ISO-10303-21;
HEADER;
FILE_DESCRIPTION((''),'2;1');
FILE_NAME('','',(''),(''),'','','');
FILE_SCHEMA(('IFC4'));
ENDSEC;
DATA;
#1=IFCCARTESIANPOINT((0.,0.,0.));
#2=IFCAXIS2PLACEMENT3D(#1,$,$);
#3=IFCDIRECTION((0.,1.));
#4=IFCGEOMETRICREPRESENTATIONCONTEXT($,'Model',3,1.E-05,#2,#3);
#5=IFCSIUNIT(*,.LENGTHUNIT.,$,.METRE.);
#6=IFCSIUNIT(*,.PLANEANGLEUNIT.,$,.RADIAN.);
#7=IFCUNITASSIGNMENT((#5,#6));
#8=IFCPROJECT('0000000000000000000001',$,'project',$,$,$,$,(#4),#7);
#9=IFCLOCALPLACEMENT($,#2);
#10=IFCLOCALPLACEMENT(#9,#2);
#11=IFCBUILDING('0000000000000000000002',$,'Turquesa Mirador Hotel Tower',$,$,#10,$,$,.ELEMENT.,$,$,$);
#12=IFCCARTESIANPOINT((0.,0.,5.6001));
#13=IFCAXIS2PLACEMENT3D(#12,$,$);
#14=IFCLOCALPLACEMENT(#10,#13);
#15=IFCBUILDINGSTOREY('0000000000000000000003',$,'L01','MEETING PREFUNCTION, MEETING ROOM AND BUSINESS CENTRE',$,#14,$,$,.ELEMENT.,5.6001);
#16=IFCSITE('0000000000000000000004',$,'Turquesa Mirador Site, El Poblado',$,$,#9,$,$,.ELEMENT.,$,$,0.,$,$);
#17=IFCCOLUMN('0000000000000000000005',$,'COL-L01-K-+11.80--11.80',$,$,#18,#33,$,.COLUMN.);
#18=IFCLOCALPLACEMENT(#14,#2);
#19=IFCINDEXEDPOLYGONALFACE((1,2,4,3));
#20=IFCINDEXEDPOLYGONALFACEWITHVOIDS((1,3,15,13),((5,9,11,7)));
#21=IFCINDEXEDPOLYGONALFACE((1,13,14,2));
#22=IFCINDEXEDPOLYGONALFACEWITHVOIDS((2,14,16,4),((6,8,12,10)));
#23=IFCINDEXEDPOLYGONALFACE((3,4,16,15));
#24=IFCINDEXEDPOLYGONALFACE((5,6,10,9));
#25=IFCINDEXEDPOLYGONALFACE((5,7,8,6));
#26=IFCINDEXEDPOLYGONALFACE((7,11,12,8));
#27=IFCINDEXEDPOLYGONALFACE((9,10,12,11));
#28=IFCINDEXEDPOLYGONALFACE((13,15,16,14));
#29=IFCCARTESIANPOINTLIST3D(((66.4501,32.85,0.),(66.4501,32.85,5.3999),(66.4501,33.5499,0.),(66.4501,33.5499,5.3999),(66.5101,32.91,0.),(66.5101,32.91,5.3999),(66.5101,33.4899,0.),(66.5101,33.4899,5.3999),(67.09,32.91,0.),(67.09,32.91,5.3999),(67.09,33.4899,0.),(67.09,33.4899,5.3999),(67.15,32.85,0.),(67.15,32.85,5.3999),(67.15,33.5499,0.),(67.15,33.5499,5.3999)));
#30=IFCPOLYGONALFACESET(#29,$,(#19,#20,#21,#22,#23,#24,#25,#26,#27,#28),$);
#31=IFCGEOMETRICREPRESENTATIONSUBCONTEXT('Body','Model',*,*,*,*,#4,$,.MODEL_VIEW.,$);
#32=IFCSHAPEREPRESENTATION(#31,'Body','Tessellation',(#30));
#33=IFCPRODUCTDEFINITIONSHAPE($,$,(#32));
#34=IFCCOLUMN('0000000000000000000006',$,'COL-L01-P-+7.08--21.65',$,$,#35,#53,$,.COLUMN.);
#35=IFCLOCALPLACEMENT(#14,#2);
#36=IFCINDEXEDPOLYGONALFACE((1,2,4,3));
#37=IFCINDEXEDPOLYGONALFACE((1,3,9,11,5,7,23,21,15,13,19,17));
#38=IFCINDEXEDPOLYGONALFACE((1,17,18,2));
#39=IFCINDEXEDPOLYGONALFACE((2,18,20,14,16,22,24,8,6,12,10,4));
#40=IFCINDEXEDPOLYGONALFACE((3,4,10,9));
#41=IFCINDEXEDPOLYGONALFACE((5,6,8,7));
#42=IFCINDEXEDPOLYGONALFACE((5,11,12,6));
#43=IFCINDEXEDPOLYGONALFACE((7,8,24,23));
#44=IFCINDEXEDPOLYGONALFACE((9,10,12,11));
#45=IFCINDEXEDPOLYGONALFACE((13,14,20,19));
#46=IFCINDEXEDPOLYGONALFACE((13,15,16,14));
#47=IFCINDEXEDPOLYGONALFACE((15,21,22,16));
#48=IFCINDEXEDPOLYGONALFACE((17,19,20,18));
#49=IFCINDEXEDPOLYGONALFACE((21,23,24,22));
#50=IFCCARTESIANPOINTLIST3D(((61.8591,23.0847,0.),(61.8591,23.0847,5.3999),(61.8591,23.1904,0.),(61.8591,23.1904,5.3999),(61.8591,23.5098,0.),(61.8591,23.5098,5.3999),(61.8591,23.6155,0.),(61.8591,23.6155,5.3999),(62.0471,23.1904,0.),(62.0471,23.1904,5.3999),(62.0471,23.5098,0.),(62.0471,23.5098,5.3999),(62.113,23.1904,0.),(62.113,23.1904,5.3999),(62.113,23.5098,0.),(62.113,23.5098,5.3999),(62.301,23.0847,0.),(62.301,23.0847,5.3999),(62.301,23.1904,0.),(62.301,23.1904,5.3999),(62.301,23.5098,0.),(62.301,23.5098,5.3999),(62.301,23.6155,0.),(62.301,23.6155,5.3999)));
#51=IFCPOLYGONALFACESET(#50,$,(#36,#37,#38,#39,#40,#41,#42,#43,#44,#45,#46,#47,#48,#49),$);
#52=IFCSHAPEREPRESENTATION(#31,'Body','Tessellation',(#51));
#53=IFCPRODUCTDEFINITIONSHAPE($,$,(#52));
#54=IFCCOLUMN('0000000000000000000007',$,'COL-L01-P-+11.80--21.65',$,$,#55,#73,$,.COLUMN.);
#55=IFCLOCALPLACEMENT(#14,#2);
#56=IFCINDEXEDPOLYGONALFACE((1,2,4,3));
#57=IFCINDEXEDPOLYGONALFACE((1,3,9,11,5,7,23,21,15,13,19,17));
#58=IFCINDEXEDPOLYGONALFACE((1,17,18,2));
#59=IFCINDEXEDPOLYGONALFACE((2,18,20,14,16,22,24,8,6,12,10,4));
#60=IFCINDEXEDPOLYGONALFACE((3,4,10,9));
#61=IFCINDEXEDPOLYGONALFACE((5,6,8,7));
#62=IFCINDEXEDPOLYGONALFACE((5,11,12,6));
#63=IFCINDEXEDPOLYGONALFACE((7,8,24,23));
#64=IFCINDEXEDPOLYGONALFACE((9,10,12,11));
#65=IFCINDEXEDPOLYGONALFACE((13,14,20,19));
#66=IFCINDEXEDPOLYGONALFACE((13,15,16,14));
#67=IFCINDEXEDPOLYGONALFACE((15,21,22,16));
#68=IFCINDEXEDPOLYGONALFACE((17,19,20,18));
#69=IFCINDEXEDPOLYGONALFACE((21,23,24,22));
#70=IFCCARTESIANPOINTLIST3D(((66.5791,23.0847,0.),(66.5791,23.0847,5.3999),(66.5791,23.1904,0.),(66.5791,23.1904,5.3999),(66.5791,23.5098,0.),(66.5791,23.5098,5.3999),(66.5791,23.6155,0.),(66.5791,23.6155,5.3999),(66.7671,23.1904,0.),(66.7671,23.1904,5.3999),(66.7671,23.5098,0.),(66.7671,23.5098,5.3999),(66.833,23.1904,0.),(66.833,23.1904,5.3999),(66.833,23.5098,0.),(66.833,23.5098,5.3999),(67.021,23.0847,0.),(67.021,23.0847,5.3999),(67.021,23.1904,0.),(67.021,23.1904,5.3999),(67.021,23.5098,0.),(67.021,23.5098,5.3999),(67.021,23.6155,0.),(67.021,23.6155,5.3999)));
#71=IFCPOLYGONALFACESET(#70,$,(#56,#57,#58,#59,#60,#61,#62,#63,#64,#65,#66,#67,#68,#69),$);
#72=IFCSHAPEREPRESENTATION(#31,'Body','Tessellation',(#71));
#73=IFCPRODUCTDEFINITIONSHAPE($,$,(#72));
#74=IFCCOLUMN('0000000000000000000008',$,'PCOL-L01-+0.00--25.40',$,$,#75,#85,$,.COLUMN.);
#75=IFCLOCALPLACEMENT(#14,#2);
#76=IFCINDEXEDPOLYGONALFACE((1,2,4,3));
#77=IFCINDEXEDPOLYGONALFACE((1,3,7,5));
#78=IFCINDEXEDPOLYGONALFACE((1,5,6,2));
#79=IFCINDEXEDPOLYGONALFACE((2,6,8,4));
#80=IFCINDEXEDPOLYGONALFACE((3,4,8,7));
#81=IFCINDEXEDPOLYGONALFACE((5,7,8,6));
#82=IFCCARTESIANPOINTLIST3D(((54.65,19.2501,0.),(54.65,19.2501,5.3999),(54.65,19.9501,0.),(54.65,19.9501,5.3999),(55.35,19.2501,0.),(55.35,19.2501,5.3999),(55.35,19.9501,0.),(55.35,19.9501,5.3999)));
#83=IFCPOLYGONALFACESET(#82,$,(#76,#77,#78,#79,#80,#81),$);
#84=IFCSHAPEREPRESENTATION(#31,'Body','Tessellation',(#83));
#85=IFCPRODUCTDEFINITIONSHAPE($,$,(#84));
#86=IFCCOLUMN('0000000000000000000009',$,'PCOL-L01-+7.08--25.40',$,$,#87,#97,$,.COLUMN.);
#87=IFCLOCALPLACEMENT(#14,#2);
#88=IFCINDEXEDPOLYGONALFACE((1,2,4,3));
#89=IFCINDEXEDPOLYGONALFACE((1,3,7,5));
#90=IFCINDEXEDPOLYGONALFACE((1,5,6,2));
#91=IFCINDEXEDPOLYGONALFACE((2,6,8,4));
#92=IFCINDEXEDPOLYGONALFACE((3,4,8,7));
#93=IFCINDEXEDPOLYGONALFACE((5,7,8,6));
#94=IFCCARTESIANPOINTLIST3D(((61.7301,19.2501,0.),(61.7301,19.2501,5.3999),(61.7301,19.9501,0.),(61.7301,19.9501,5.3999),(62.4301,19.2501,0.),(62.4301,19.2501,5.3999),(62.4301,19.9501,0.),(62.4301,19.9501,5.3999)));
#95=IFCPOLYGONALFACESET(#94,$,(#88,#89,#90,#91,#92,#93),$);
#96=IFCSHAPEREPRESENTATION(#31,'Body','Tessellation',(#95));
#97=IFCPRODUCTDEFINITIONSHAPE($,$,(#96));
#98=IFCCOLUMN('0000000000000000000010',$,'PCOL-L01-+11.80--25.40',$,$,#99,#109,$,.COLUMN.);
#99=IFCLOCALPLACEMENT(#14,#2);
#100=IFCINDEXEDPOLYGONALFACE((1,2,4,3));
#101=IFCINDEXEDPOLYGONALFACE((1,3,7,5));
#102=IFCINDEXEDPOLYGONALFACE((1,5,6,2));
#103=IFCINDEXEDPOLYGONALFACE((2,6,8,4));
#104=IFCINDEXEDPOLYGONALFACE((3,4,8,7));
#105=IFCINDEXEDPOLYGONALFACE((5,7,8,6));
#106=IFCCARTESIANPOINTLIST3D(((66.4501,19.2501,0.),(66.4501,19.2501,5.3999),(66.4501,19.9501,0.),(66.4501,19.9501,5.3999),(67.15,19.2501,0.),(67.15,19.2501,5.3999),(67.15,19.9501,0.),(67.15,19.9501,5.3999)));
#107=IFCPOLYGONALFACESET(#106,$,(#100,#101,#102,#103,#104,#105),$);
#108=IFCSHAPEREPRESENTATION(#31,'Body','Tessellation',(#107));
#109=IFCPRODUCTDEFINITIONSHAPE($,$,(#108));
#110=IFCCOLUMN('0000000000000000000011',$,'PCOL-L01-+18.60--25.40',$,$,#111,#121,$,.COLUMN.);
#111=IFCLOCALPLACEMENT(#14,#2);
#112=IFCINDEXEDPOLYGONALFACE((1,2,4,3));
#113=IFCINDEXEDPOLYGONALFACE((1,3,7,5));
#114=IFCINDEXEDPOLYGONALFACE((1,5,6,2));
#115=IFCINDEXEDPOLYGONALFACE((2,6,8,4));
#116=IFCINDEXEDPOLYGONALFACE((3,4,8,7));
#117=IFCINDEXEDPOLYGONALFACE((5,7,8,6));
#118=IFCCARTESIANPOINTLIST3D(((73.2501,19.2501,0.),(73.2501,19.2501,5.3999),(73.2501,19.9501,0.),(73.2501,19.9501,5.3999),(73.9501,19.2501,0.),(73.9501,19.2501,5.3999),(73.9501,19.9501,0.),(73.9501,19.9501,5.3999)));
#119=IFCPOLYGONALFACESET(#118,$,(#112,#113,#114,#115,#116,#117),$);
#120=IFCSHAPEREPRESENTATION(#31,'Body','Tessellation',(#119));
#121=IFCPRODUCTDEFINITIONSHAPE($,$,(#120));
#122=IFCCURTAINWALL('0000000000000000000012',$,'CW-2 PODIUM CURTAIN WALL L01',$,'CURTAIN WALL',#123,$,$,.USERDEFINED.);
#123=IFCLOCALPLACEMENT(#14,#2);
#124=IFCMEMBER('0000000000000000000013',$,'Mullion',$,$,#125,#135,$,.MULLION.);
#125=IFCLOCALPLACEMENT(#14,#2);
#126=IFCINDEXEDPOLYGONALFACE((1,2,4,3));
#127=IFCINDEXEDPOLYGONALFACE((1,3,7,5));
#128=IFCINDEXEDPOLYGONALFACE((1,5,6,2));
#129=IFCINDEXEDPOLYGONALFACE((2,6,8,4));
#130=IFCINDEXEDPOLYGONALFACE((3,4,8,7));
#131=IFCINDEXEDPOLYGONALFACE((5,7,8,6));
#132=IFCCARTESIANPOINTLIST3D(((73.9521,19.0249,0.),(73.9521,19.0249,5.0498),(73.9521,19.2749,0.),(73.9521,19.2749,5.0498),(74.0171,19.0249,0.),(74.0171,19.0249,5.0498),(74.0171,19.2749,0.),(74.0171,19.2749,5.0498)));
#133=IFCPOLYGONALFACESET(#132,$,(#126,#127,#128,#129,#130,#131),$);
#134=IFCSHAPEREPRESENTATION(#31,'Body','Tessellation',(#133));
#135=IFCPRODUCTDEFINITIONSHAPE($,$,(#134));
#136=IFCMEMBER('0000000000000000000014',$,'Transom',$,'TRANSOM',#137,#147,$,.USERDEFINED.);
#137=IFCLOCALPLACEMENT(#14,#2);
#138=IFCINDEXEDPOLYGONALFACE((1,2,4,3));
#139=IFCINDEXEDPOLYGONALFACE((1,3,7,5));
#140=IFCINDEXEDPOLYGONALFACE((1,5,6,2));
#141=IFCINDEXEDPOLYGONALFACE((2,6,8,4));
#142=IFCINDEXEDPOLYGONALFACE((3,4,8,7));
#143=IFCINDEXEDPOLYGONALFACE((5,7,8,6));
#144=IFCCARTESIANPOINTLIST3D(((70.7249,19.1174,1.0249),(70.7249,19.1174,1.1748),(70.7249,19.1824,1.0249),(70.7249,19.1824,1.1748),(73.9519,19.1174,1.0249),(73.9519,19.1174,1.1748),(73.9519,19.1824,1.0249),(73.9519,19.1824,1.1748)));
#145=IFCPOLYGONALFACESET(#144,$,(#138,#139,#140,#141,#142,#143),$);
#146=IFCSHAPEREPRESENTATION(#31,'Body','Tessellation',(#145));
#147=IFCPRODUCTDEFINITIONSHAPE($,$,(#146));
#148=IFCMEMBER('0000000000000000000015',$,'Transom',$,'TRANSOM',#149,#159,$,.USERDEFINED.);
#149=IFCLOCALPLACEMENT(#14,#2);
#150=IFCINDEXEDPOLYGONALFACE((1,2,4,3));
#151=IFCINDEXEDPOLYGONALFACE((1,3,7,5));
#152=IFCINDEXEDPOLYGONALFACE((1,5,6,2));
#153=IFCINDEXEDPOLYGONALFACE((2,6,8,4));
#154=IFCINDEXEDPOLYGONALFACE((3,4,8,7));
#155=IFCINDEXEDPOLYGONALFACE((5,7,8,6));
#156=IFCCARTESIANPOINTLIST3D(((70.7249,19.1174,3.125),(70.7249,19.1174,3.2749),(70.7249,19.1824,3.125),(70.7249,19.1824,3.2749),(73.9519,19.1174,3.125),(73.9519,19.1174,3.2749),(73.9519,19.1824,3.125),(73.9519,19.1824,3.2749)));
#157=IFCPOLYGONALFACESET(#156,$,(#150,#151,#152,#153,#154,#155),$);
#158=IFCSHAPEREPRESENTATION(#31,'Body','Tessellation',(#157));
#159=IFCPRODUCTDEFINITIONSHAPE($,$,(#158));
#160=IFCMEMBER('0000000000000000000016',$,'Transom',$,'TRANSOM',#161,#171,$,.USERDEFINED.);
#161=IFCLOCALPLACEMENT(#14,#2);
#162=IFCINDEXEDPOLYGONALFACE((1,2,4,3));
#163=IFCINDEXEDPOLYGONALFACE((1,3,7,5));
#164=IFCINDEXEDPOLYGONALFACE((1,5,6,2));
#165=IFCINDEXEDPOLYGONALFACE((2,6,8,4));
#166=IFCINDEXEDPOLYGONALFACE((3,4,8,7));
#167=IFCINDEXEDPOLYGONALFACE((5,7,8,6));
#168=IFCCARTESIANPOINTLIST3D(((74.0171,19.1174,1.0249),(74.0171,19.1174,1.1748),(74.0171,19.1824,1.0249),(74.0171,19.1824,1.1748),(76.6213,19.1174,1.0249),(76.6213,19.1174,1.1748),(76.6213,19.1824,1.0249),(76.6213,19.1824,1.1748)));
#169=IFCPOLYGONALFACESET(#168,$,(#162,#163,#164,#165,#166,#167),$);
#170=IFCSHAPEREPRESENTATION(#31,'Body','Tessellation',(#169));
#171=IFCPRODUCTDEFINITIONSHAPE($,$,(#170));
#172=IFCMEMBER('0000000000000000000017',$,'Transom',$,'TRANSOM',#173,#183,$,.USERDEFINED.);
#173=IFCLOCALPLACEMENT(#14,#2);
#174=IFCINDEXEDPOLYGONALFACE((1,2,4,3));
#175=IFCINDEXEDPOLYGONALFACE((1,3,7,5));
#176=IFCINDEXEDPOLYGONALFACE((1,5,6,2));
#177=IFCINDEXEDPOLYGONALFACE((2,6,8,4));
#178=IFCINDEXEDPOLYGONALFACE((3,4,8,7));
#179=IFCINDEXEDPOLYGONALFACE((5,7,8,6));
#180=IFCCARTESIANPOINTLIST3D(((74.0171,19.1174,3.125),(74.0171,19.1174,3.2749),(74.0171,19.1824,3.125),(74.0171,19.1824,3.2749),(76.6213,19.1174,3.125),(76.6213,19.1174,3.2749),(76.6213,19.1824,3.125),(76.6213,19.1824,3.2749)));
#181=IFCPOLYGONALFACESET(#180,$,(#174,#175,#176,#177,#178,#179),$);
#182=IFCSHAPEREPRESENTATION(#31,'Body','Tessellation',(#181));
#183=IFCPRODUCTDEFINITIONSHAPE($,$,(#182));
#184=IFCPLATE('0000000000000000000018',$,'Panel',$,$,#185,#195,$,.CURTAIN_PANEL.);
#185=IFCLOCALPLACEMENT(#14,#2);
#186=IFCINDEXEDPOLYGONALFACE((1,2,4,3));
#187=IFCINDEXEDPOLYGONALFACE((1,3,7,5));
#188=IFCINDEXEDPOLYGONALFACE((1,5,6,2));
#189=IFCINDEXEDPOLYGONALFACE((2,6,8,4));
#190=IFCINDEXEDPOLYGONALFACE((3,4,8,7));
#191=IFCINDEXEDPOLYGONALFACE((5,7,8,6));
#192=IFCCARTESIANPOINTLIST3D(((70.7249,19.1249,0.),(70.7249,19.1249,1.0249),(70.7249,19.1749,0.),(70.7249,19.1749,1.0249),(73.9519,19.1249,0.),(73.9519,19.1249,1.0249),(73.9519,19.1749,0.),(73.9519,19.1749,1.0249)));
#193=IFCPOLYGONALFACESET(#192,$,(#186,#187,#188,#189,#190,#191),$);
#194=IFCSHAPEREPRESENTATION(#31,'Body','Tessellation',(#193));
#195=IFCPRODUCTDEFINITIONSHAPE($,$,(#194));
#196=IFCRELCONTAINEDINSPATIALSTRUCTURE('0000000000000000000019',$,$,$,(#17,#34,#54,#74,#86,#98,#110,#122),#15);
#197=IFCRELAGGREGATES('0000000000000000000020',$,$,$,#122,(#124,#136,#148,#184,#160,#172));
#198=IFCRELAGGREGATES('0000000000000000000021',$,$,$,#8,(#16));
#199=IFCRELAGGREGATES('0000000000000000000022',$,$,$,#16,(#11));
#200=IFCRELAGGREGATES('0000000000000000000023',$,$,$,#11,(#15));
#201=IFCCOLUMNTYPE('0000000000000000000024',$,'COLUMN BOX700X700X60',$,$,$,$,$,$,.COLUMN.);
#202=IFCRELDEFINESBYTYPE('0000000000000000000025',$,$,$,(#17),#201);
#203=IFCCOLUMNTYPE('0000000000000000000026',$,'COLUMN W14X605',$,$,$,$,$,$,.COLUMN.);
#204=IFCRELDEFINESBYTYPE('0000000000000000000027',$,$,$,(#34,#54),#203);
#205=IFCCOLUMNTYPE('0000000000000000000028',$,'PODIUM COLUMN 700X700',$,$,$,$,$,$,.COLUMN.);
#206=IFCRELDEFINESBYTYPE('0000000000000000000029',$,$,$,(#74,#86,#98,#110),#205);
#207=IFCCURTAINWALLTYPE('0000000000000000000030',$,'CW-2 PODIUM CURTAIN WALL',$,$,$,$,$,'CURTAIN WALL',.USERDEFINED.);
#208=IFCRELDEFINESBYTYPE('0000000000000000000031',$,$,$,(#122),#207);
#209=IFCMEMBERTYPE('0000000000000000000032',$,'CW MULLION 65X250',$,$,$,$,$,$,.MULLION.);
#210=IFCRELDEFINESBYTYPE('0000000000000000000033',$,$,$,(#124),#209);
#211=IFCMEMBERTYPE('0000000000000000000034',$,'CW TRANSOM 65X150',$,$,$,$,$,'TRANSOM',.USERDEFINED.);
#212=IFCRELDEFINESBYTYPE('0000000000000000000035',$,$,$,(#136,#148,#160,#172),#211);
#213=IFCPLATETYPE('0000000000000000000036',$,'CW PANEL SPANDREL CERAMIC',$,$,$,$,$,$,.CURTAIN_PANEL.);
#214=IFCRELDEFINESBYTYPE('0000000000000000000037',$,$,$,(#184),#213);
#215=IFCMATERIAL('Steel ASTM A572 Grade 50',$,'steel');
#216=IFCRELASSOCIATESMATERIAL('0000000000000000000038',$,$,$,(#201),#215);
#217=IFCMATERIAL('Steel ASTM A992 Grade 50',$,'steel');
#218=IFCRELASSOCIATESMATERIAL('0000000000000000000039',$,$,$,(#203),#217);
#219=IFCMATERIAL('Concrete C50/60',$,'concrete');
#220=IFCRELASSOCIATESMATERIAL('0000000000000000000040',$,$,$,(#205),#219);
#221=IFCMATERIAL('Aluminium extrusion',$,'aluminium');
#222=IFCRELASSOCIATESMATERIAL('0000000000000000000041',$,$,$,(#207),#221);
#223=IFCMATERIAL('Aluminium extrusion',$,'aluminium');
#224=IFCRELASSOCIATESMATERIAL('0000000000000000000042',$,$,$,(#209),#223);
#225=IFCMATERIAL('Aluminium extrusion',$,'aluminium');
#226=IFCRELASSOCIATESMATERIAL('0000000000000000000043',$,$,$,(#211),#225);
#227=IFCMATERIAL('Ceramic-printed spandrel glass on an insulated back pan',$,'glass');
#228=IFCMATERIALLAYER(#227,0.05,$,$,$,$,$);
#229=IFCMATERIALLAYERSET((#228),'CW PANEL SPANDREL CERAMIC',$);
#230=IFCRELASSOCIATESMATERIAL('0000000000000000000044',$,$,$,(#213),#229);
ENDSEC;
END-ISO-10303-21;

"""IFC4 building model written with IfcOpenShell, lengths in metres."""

from ifc_helpers import new_model, si_unit, direction, frame, origin, origin_2d, place, context, subcontext, project, spatial, rectangle, hollow_rectangle, i_section, extrude, material, layer, layer_set, material_profile, profile_set, type_object, element, aggregate, save


model = new_model("IFC4")

# Units and contexts
model_context = context("Model", 3, precision=1e-05, world=origin(), true_north=direction((0.0, 1.0)))
body_context = subcontext(model_context, "Body", "Model", "MODEL_VIEW")
ifc_project = project(units=[si_unit("LENGTHUNIT", "METRE"), si_unit("PLANEANGLEUNIT", "RADIAN")], contexts=[model_context])

# Site, building, storey
site_placement = place(None, origin())
site = spatial("IfcSite", under=ifc_project, at=site_placement, Name="Turquesa Mirador Site, El Poblado", CompositionType="ELEMENT", RefElevation=0.0)
building_placement = place(site_placement, origin())
building = spatial("IfcBuilding", under=site, at=building_placement, Name="Turquesa Mirador Hotel Tower", CompositionType="ELEMENT")
storey_placement = place(building_placement, frame((0.0, 0.0, 5.6001)))
storey = spatial("IfcBuildingStorey", under=building, at=storey_placement, Name="L01", Description="MEETING PREFUNCTION, MEETING ROOM AND BUSINESS CENTRE", CompositionType="ELEMENT", Elevation=5.6001)

# Columns
ifc_material_1 = material(Name="Steel ASTM A572 Grade 50", Category="steel")
ifc_material_profile_1 = material_profile(ifc_material_1, hollow_rectangle(XDim=0.7, YDim=0.7, WallThickness=0.0601, at=origin_2d()), Name="BOX700X700X60")
ifc_profile_set_1 = profile_set([ifc_material_profile_1], Name="Steel ASTM A572 Grade 50")
column_type_1 = type_object("IfcColumnType", Name="COLUMN BOX700X700X60", PredefinedType="COLUMN", material=ifc_profile_set_1)
column_placement = place(storey_placement, frame((66.8, 33.2, 0.0), z_axis=(0.0, 0.0, 1.0), x_axis=(1.0, 0.0, 0.0)))
element("IfcColumn", 1, at=column_placement, inside=storey, type_object=column_type_1, Name="COL-L01-K-+11.80--11.80", PredefinedType="COLUMN", context=body_context, shape_type="SweptSolid", body=[
    extrude(hollow_rectangle(XDim=0.7, YDim=0.7, WallThickness=0.0601, at=origin_2d()), origin(), (0.0, 0.0, 1.0), 5.3999),
])
ifc_material_2 = material(Name="Steel ASTM A992 Grade 50", Category="steel")
ifc_material_profile_2 = material_profile(ifc_material_2, i_section(OverallWidth=0.4419, OverallDepth=0.5308, WebThickness=0.0659, FlangeThickness=0.1057, at=origin_2d()), Name="W14X605")
ifc_profile_set_2 = profile_set([ifc_material_profile_2], Name="Steel ASTM A992 Grade 50")
column_type_2 = type_object("IfcColumnType", Name="COLUMN W14X605", PredefinedType="COLUMN", material=ifc_profile_set_2)
for number, where, z_axis, x_axis, name in (
    (2, (62.0801, 23.3501, 0.0), (0.0, 0.0, 1.0), (1.0, 0.0, 0.0), "COL-L01-P-+7.08--21.65"),
    (3, (66.8, 23.3501, 0.0), (0.0, 0.0, 1.0), (1.0, 0.0, 0.0), "COL-L01-P-+11.80--21.65"),
):
    element("IfcColumn", number, at=place(storey_placement, frame(where, z_axis=z_axis, x_axis=x_axis)), inside=storey, type_object=column_type_2, Name=name, PredefinedType="COLUMN", context=body_context, shape_type="SweptSolid", body=[
        extrude(i_section(OverallWidth=0.4419, OverallDepth=0.5308, WebThickness=0.0659, FlangeThickness=0.1057, at=origin_2d()), origin(), (0.0, 0.0, 1.0), 5.3999),
    ])
ifc_material_3 = material(Name="Concrete C50/60", Category="concrete")
ifc_material_profile_3 = material_profile(ifc_material_3, rectangle(XDim=0.7, YDim=0.7, at=origin_2d()), Name="RC 700X700")
ifc_profile_set_3 = profile_set([ifc_material_profile_3], Name="Concrete C50/60")
column_type_3 = type_object("IfcColumnType", Name="PODIUM COLUMN 700X700", PredefinedType="COLUMN", material=ifc_profile_set_3)
for number, where, z_axis, x_axis, name in (
    (4, (55.0, 19.6001, 0.0), (0.0, 0.0, 1.0), (1.0, 0.0, 0.0), "PCOL-L01-+0.00--25.40"),
    (5, (62.0801, 19.6001, 0.0), (0.0, 0.0, 1.0), (1.0, 0.0, 0.0), "PCOL-L01-+7.08--25.40"),
    (6, (66.8, 19.6001, 0.0), (0.0, 0.0, 1.0), (1.0, 0.0, 0.0), "PCOL-L01-+11.80--25.40"),
    (7, (73.6001, 19.6001, 0.0), (0.0, 0.0, 1.0), (1.0, 0.0, 0.0), "PCOL-L01-+18.60--25.40"),
):
    element("IfcColumn", number, at=place(storey_placement, frame(where, z_axis=z_axis, x_axis=x_axis)), inside=storey, type_object=column_type_3, Name=name, PredefinedType="COLUMN", context=body_context, shape_type="SweptSolid", body=[
        extrude(rectangle(XDim=0.7, YDim=0.7, at=origin_2d()), origin(), (0.0, 0.0, 1.0), 5.3999),
    ])

# Curtain wall, members, plate
ifc_material_4 = material(Name="Aluminium extrusion", Category="aluminium")
curtain_wall_type = type_object("IfcCurtainWallType", Name="CW-2 PODIUM CURTAIN WALL", ElementType="CURTAIN WALL", PredefinedType="USERDEFINED", material=ifc_material_4)
curtain_wall_placement = place(storey_placement, origin())
curtain_wall = element("IfcCurtainWall", 8, at=curtain_wall_placement, inside=storey, type_object=curtain_wall_type, Name="CW-2 PODIUM CURTAIN WALL L01", ObjectType="CURTAIN WALL", PredefinedType="USERDEFINED")
ifc_material_5 = material(Name="Aluminium extrusion", Category="aluminium")
ifc_material_profile_4 = material_profile(ifc_material_5, rectangle(XDim=0.0649, YDim=0.25, at=origin_2d()), Name="MULLION 65X250")
ifc_profile_set_4 = profile_set([ifc_material_profile_4], Name="Aluminium extrusion")
member_type_1 = type_object("IfcMemberType", Name="CW MULLION 65X250", PredefinedType="MULLION", material=ifc_profile_set_4)
member_1_placement = place(storey_placement, frame((73.9846, 19.1499, 0.0), z_axis=(0.0, 0.0, 1.0), x_axis=(1.0, 0.0, 0.0)))
member_1 = element("IfcMember", 9, at=member_1_placement, type_object=member_type_1, Name="Mullion", PredefinedType="MULLION", context=body_context, shape_type="SweptSolid", body=[
    extrude(rectangle(XDim=0.0649, YDim=0.25, at=origin_2d()), origin(), (0.0, 0.0, 1.0), 5.0498),
])
ifc_material_6 = material(Name="Aluminium extrusion", Category="aluminium")
ifc_material_profile_5 = material_profile(ifc_material_6, rectangle(XDim=0.0649, YDim=0.1499, at=origin_2d()), Name="TRANSOM 65X150")
ifc_profile_set_5 = profile_set([ifc_material_profile_5], Name="Aluminium extrusion")
member_type_2 = type_object("IfcMemberType", Name="CW TRANSOM 65X150", ElementType="TRANSOM", PredefinedType="USERDEFINED", material=ifc_profile_set_5)
member_2_placement = place(storey_placement, frame((70.7249, 19.1499, 1.0999), z_axis=(1.0, 0.0, 0.0), x_axis=(0.0, 1.0, 0.0)))
member_2 = element("IfcMember", 10, at=member_2_placement, type_object=member_type_2, Name="Transom", ObjectType="TRANSOM", PredefinedType="USERDEFINED", context=body_context, shape_type="SweptSolid", body=[
    extrude(rectangle(XDim=0.0649, YDim=0.1499, at=origin_2d()), origin(), (0.0, 0.0, 1.0), 3.2271),
])
member_3_placement = place(storey_placement, frame((70.7249, 19.1499, 3.2), z_axis=(1.0, 0.0, 0.0), x_axis=(0.0, 1.0, 0.0)))
member_3 = element("IfcMember", 11, at=member_3_placement, type_object=member_type_2, Name="Transom", ObjectType="TRANSOM", PredefinedType="USERDEFINED", context=body_context, shape_type="SweptSolid", body=[
    extrude(rectangle(XDim=0.0649, YDim=0.1499, at=origin_2d()), origin(), (0.0, 0.0, 1.0), 3.2271),
])
member_4_placement = place(storey_placement, frame((74.0171, 19.1499, 1.0999), z_axis=(1.0, 0.0, 0.0), x_axis=(0.0, 1.0, 0.0)))
member_4 = element("IfcMember", 12, at=member_4_placement, type_object=member_type_2, Name="Transom", ObjectType="TRANSOM", PredefinedType="USERDEFINED", context=body_context, shape_type="SweptSolid", body=[
    extrude(rectangle(XDim=0.0649, YDim=0.1499, at=origin_2d()), origin(), (0.0, 0.0, 1.0), 2.6042),
])
member_5_placement = place(storey_placement, frame((74.0171, 19.1499, 3.2), z_axis=(1.0, 0.0, 0.0), x_axis=(0.0, 1.0, 0.0)))
member_5 = element("IfcMember", 13, at=member_5_placement, type_object=member_type_2, Name="Transom", ObjectType="TRANSOM", PredefinedType="USERDEFINED", context=body_context, shape_type="SweptSolid", body=[
    extrude(rectangle(XDim=0.0649, YDim=0.1499, at=origin_2d()), origin(), (0.0, 0.0, 1.0), 2.6042),
])
ifc_material_7 = material(Name="Ceramic-printed spandrel glass on an insulated back pan", Category="glass")
ifc_layer_1 = layer(ifc_material_7, 0.05)
ifc_layer_set_1 = layer_set([ifc_layer_1], Name="CW PANEL SPANDREL CERAMIC")
plate_type_1 = type_object("IfcPlateType", Name="CW PANEL SPANDREL CERAMIC", PredefinedType="CURTAIN_PANEL", material=ifc_layer_set_1)
plate_1_placement = place(storey_placement, frame((72.3384, 19.1499, 0.0), z_axis=(0.0, 0.0, 1.0), x_axis=(1.0, 0.0, 0.0)))
plate_1 = element("IfcPlate", 14, at=plate_1_placement, type_object=plate_type_1, Name="Panel", PredefinedType="CURTAIN_PANEL", context=body_context, shape_type="SweptSolid", body=[
    extrude(rectangle(XDim=3.2271, YDim=0.05, at=origin_2d()), origin(), (0.0, 0.0, 1.0), 1.0249),
])
aggregate(curtain_wall, [member_1, member_2, member_3, plate_1, member_4, member_5])

save(model, "model.ifc")
